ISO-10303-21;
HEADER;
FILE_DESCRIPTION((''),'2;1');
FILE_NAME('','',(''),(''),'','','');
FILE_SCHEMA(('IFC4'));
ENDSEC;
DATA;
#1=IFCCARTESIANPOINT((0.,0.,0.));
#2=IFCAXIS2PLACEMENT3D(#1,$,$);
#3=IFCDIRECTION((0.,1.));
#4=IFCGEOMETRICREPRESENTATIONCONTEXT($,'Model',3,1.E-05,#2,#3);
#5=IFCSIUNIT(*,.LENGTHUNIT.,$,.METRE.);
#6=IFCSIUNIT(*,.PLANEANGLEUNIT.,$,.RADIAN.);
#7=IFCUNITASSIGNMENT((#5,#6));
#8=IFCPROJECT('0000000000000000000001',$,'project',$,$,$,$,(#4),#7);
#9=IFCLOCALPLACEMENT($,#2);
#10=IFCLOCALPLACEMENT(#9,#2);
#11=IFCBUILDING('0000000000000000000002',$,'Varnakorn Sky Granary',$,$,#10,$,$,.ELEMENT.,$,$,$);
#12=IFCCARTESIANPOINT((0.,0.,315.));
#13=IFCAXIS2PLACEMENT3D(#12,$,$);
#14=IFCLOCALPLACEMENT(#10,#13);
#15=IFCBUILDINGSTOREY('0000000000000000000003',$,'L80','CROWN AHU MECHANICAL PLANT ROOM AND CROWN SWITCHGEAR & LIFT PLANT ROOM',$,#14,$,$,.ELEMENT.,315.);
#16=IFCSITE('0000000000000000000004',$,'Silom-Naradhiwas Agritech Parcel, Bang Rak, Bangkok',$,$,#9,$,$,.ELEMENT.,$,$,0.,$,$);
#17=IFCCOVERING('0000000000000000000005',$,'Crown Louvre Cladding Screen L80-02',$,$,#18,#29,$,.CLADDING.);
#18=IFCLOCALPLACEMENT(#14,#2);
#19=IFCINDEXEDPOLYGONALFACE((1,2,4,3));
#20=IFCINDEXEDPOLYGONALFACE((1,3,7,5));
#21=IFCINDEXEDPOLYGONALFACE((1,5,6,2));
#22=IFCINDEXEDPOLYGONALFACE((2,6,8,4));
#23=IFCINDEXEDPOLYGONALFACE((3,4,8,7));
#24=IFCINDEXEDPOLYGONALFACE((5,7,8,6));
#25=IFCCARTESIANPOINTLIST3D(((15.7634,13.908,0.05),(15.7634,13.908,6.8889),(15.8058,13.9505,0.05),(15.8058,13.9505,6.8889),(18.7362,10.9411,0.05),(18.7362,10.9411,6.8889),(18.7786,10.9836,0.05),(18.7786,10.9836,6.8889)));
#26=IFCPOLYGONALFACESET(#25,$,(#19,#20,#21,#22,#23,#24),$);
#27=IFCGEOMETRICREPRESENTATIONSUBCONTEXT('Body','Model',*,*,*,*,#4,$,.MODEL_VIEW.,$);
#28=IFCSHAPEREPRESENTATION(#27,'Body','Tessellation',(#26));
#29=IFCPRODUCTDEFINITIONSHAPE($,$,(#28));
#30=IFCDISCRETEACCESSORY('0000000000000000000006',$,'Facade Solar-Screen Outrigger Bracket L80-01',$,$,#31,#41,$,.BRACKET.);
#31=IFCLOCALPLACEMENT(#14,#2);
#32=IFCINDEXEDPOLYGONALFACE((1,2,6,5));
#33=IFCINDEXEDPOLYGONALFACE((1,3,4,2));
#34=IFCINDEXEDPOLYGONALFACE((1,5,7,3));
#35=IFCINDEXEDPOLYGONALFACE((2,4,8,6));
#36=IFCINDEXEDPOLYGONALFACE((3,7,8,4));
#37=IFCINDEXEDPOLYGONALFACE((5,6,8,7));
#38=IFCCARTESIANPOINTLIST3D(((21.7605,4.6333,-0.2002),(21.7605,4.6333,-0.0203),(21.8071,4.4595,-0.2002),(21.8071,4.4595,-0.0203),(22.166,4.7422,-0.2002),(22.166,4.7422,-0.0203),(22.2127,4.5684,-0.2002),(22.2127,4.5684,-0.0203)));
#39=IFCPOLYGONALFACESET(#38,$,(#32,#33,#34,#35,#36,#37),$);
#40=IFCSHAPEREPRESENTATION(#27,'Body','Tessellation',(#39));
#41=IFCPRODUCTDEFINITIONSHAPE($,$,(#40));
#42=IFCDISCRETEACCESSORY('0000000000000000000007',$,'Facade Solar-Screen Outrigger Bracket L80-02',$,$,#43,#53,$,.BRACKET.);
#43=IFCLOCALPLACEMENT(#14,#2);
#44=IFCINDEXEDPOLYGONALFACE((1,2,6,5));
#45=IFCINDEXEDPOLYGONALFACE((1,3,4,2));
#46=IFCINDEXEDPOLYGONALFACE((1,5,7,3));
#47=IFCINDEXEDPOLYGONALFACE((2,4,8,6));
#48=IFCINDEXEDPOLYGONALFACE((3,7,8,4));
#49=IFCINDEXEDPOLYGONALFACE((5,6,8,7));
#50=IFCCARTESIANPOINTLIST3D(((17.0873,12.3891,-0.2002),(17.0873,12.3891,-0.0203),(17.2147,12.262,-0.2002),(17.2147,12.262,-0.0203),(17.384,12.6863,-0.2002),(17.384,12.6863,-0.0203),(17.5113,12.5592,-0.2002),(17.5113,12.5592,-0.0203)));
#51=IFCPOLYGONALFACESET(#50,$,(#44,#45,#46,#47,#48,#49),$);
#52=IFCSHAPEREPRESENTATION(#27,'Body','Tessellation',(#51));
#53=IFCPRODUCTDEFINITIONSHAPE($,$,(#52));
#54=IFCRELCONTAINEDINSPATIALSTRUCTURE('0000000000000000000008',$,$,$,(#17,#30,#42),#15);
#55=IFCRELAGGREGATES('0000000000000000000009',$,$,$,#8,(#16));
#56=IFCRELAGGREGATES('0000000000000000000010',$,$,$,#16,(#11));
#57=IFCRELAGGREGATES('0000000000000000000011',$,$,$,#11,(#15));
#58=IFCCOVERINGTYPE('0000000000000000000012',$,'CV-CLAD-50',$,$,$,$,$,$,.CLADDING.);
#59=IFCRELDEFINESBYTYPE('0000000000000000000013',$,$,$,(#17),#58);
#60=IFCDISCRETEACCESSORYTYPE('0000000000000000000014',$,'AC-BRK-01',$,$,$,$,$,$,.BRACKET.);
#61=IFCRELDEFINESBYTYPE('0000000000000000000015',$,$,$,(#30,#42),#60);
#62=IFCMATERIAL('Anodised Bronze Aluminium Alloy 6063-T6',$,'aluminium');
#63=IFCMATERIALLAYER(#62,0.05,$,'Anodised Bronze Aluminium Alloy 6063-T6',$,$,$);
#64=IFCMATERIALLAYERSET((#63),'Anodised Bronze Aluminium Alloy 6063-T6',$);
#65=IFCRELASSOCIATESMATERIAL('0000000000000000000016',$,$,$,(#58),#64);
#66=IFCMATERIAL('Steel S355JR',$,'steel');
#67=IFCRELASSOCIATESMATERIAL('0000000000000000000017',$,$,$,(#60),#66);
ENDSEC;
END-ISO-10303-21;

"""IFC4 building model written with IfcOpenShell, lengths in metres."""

from ifc_helpers import new_model, si_unit, direction, frame, origin, origin_2d, place, context, subcontext, project, spatial, rectangle, extrude, source, transform, mapped, material, layer, layer_set, type_object, type_shapes, element, save


model = new_model("IFC4")

# Units and contexts
model_context = context("Model", 3, precision=1e-05, world=origin(), true_north=direction((0.0, 1.0)))
body_context = subcontext(model_context, "Body", "Model", "MODEL_VIEW")
ifc_project = project(units=[si_unit("LENGTHUNIT", "METRE"), si_unit("PLANEANGLEUNIT", "RADIAN")], contexts=[model_context])

# Site, building, storey
site_placement = place(None, origin())
site = spatial("IfcSite", under=ifc_project, at=site_placement, Name="Silom-Naradhiwas Agritech Parcel, Bang Rak, Bangkok", CompositionType="ELEMENT", RefElevation=0.0)
building_placement = place(site_placement, origin())
building = spatial("IfcBuilding", under=site, at=building_placement, Name="Varnakorn Sky Granary", CompositionType="ELEMENT")
storey_placement = place(building_placement, frame((0.0, 0.0, 315.0)))
storey = spatial("IfcBuildingStorey", under=building, at=storey_placement, Name="L80", Description="CROWN AHU MECHANICAL PLANT ROOM AND CROWN SWITCHGEAR & LIFT PLANT ROOM", CompositionType="ELEMENT", Elevation=315.0)

# Shared definitions
ifc_material_1 = material(Name="Steel S355JR", Category="steel")

# Shared definitions
ifc_material_2 = material(Name="Anodised Bronze Aluminium Alloy 6063-T6", Category="aluminium")

# Covering
ifc_layer_1 = layer(ifc_material_2, 0.05, Name="Anodised Bronze Aluminium Alloy 6063-T6")
ifc_layer_set_1 = layer_set([ifc_layer_1], Name="Anodised Bronze Aluminium Alloy 6063-T6")
covering_type = type_object("IfcCoveringType", Name="CV-CLAD-50", PredefinedType="CLADDING", material=ifc_layer_set_1)
shared_shape_1 = source(origin(), body_context, "Body", "SweptSolid", [
    extrude(rectangle(XDim=4.2, YDim=0.0601, at=origin_2d()), origin(), (0.0, 0.0, 1.0), 6.8389),
])
covering_1_placement = place(storey_placement, frame((17.271, 12.4458, 0.05), z_axis=(0.0, 0.0, 1.0), x_axis=(-0.707812, 0.706401, 0.0)))
element("IfcCovering", 1, at=covering_1_placement, inside=storey, type_object=covering_type, Name="Crown Louvre Cladding Screen L80-02", PredefinedType="CLADDING", context=body_context, shape_type="MappedRepresentation", body=[
    mapped(shared_shape_1, transform((0.0, 0.0, 0.0), x_axis=(1.0, 0.0, 0.0), y_axis=(0.0, 1.0, 0.0), z_axis=(0.0, 0.0, 1.0), scale=1.0)),
])

# Discrete accessories
discrete_accessory_type = type_object("IfcDiscreteAccessoryType", Name="AC-BRK-01", PredefinedType="BRACKET", material=ifc_material_1)
shared_shape_2 = source(origin(), body_context, "Body", "SweptSolid", [
    extrude(rectangle(XDim=0.1799, YDim=0.4199, at=origin_2d()), origin(), (0.0, 0.0, 1.0), 0.1799),
])
type_shapes(discrete_accessory_type, [shared_shape_2])
for number, where, z_axis, x_axis, name in (
    (2, (21.9866, 4.6008, -0.2002), (0.0, 0.0, 1.0), (-0.259298, 0.965797, 0.0), "Facade Solar-Screen Outrigger Bracket L80-01"),
    (3, (17.2993, 12.4741, -0.2002), (0.0, 0.0, 1.0), (-0.707812, 0.706401, 0.0), "Facade Solar-Screen Outrigger Bracket L80-02"),
):
    element("IfcDiscreteAccessory", number, at=place(storey_placement, frame(where, z_axis=z_axis, x_axis=x_axis)), inside=storey, type_object=discrete_accessory_type, Name=name, PredefinedType="BRACKET", context=body_context, shape_type="MappedRepresentation", body=[
        mapped(shared_shape_2, transform((0.0, 0.0, 0.0), x_axis=(1.0, 0.0, 0.0), y_axis=(0.0, 1.0, 0.0), z_axis=(0.0, 0.0, 1.0), scale=1.0)),
    ])

save(model, "model.ifc")
